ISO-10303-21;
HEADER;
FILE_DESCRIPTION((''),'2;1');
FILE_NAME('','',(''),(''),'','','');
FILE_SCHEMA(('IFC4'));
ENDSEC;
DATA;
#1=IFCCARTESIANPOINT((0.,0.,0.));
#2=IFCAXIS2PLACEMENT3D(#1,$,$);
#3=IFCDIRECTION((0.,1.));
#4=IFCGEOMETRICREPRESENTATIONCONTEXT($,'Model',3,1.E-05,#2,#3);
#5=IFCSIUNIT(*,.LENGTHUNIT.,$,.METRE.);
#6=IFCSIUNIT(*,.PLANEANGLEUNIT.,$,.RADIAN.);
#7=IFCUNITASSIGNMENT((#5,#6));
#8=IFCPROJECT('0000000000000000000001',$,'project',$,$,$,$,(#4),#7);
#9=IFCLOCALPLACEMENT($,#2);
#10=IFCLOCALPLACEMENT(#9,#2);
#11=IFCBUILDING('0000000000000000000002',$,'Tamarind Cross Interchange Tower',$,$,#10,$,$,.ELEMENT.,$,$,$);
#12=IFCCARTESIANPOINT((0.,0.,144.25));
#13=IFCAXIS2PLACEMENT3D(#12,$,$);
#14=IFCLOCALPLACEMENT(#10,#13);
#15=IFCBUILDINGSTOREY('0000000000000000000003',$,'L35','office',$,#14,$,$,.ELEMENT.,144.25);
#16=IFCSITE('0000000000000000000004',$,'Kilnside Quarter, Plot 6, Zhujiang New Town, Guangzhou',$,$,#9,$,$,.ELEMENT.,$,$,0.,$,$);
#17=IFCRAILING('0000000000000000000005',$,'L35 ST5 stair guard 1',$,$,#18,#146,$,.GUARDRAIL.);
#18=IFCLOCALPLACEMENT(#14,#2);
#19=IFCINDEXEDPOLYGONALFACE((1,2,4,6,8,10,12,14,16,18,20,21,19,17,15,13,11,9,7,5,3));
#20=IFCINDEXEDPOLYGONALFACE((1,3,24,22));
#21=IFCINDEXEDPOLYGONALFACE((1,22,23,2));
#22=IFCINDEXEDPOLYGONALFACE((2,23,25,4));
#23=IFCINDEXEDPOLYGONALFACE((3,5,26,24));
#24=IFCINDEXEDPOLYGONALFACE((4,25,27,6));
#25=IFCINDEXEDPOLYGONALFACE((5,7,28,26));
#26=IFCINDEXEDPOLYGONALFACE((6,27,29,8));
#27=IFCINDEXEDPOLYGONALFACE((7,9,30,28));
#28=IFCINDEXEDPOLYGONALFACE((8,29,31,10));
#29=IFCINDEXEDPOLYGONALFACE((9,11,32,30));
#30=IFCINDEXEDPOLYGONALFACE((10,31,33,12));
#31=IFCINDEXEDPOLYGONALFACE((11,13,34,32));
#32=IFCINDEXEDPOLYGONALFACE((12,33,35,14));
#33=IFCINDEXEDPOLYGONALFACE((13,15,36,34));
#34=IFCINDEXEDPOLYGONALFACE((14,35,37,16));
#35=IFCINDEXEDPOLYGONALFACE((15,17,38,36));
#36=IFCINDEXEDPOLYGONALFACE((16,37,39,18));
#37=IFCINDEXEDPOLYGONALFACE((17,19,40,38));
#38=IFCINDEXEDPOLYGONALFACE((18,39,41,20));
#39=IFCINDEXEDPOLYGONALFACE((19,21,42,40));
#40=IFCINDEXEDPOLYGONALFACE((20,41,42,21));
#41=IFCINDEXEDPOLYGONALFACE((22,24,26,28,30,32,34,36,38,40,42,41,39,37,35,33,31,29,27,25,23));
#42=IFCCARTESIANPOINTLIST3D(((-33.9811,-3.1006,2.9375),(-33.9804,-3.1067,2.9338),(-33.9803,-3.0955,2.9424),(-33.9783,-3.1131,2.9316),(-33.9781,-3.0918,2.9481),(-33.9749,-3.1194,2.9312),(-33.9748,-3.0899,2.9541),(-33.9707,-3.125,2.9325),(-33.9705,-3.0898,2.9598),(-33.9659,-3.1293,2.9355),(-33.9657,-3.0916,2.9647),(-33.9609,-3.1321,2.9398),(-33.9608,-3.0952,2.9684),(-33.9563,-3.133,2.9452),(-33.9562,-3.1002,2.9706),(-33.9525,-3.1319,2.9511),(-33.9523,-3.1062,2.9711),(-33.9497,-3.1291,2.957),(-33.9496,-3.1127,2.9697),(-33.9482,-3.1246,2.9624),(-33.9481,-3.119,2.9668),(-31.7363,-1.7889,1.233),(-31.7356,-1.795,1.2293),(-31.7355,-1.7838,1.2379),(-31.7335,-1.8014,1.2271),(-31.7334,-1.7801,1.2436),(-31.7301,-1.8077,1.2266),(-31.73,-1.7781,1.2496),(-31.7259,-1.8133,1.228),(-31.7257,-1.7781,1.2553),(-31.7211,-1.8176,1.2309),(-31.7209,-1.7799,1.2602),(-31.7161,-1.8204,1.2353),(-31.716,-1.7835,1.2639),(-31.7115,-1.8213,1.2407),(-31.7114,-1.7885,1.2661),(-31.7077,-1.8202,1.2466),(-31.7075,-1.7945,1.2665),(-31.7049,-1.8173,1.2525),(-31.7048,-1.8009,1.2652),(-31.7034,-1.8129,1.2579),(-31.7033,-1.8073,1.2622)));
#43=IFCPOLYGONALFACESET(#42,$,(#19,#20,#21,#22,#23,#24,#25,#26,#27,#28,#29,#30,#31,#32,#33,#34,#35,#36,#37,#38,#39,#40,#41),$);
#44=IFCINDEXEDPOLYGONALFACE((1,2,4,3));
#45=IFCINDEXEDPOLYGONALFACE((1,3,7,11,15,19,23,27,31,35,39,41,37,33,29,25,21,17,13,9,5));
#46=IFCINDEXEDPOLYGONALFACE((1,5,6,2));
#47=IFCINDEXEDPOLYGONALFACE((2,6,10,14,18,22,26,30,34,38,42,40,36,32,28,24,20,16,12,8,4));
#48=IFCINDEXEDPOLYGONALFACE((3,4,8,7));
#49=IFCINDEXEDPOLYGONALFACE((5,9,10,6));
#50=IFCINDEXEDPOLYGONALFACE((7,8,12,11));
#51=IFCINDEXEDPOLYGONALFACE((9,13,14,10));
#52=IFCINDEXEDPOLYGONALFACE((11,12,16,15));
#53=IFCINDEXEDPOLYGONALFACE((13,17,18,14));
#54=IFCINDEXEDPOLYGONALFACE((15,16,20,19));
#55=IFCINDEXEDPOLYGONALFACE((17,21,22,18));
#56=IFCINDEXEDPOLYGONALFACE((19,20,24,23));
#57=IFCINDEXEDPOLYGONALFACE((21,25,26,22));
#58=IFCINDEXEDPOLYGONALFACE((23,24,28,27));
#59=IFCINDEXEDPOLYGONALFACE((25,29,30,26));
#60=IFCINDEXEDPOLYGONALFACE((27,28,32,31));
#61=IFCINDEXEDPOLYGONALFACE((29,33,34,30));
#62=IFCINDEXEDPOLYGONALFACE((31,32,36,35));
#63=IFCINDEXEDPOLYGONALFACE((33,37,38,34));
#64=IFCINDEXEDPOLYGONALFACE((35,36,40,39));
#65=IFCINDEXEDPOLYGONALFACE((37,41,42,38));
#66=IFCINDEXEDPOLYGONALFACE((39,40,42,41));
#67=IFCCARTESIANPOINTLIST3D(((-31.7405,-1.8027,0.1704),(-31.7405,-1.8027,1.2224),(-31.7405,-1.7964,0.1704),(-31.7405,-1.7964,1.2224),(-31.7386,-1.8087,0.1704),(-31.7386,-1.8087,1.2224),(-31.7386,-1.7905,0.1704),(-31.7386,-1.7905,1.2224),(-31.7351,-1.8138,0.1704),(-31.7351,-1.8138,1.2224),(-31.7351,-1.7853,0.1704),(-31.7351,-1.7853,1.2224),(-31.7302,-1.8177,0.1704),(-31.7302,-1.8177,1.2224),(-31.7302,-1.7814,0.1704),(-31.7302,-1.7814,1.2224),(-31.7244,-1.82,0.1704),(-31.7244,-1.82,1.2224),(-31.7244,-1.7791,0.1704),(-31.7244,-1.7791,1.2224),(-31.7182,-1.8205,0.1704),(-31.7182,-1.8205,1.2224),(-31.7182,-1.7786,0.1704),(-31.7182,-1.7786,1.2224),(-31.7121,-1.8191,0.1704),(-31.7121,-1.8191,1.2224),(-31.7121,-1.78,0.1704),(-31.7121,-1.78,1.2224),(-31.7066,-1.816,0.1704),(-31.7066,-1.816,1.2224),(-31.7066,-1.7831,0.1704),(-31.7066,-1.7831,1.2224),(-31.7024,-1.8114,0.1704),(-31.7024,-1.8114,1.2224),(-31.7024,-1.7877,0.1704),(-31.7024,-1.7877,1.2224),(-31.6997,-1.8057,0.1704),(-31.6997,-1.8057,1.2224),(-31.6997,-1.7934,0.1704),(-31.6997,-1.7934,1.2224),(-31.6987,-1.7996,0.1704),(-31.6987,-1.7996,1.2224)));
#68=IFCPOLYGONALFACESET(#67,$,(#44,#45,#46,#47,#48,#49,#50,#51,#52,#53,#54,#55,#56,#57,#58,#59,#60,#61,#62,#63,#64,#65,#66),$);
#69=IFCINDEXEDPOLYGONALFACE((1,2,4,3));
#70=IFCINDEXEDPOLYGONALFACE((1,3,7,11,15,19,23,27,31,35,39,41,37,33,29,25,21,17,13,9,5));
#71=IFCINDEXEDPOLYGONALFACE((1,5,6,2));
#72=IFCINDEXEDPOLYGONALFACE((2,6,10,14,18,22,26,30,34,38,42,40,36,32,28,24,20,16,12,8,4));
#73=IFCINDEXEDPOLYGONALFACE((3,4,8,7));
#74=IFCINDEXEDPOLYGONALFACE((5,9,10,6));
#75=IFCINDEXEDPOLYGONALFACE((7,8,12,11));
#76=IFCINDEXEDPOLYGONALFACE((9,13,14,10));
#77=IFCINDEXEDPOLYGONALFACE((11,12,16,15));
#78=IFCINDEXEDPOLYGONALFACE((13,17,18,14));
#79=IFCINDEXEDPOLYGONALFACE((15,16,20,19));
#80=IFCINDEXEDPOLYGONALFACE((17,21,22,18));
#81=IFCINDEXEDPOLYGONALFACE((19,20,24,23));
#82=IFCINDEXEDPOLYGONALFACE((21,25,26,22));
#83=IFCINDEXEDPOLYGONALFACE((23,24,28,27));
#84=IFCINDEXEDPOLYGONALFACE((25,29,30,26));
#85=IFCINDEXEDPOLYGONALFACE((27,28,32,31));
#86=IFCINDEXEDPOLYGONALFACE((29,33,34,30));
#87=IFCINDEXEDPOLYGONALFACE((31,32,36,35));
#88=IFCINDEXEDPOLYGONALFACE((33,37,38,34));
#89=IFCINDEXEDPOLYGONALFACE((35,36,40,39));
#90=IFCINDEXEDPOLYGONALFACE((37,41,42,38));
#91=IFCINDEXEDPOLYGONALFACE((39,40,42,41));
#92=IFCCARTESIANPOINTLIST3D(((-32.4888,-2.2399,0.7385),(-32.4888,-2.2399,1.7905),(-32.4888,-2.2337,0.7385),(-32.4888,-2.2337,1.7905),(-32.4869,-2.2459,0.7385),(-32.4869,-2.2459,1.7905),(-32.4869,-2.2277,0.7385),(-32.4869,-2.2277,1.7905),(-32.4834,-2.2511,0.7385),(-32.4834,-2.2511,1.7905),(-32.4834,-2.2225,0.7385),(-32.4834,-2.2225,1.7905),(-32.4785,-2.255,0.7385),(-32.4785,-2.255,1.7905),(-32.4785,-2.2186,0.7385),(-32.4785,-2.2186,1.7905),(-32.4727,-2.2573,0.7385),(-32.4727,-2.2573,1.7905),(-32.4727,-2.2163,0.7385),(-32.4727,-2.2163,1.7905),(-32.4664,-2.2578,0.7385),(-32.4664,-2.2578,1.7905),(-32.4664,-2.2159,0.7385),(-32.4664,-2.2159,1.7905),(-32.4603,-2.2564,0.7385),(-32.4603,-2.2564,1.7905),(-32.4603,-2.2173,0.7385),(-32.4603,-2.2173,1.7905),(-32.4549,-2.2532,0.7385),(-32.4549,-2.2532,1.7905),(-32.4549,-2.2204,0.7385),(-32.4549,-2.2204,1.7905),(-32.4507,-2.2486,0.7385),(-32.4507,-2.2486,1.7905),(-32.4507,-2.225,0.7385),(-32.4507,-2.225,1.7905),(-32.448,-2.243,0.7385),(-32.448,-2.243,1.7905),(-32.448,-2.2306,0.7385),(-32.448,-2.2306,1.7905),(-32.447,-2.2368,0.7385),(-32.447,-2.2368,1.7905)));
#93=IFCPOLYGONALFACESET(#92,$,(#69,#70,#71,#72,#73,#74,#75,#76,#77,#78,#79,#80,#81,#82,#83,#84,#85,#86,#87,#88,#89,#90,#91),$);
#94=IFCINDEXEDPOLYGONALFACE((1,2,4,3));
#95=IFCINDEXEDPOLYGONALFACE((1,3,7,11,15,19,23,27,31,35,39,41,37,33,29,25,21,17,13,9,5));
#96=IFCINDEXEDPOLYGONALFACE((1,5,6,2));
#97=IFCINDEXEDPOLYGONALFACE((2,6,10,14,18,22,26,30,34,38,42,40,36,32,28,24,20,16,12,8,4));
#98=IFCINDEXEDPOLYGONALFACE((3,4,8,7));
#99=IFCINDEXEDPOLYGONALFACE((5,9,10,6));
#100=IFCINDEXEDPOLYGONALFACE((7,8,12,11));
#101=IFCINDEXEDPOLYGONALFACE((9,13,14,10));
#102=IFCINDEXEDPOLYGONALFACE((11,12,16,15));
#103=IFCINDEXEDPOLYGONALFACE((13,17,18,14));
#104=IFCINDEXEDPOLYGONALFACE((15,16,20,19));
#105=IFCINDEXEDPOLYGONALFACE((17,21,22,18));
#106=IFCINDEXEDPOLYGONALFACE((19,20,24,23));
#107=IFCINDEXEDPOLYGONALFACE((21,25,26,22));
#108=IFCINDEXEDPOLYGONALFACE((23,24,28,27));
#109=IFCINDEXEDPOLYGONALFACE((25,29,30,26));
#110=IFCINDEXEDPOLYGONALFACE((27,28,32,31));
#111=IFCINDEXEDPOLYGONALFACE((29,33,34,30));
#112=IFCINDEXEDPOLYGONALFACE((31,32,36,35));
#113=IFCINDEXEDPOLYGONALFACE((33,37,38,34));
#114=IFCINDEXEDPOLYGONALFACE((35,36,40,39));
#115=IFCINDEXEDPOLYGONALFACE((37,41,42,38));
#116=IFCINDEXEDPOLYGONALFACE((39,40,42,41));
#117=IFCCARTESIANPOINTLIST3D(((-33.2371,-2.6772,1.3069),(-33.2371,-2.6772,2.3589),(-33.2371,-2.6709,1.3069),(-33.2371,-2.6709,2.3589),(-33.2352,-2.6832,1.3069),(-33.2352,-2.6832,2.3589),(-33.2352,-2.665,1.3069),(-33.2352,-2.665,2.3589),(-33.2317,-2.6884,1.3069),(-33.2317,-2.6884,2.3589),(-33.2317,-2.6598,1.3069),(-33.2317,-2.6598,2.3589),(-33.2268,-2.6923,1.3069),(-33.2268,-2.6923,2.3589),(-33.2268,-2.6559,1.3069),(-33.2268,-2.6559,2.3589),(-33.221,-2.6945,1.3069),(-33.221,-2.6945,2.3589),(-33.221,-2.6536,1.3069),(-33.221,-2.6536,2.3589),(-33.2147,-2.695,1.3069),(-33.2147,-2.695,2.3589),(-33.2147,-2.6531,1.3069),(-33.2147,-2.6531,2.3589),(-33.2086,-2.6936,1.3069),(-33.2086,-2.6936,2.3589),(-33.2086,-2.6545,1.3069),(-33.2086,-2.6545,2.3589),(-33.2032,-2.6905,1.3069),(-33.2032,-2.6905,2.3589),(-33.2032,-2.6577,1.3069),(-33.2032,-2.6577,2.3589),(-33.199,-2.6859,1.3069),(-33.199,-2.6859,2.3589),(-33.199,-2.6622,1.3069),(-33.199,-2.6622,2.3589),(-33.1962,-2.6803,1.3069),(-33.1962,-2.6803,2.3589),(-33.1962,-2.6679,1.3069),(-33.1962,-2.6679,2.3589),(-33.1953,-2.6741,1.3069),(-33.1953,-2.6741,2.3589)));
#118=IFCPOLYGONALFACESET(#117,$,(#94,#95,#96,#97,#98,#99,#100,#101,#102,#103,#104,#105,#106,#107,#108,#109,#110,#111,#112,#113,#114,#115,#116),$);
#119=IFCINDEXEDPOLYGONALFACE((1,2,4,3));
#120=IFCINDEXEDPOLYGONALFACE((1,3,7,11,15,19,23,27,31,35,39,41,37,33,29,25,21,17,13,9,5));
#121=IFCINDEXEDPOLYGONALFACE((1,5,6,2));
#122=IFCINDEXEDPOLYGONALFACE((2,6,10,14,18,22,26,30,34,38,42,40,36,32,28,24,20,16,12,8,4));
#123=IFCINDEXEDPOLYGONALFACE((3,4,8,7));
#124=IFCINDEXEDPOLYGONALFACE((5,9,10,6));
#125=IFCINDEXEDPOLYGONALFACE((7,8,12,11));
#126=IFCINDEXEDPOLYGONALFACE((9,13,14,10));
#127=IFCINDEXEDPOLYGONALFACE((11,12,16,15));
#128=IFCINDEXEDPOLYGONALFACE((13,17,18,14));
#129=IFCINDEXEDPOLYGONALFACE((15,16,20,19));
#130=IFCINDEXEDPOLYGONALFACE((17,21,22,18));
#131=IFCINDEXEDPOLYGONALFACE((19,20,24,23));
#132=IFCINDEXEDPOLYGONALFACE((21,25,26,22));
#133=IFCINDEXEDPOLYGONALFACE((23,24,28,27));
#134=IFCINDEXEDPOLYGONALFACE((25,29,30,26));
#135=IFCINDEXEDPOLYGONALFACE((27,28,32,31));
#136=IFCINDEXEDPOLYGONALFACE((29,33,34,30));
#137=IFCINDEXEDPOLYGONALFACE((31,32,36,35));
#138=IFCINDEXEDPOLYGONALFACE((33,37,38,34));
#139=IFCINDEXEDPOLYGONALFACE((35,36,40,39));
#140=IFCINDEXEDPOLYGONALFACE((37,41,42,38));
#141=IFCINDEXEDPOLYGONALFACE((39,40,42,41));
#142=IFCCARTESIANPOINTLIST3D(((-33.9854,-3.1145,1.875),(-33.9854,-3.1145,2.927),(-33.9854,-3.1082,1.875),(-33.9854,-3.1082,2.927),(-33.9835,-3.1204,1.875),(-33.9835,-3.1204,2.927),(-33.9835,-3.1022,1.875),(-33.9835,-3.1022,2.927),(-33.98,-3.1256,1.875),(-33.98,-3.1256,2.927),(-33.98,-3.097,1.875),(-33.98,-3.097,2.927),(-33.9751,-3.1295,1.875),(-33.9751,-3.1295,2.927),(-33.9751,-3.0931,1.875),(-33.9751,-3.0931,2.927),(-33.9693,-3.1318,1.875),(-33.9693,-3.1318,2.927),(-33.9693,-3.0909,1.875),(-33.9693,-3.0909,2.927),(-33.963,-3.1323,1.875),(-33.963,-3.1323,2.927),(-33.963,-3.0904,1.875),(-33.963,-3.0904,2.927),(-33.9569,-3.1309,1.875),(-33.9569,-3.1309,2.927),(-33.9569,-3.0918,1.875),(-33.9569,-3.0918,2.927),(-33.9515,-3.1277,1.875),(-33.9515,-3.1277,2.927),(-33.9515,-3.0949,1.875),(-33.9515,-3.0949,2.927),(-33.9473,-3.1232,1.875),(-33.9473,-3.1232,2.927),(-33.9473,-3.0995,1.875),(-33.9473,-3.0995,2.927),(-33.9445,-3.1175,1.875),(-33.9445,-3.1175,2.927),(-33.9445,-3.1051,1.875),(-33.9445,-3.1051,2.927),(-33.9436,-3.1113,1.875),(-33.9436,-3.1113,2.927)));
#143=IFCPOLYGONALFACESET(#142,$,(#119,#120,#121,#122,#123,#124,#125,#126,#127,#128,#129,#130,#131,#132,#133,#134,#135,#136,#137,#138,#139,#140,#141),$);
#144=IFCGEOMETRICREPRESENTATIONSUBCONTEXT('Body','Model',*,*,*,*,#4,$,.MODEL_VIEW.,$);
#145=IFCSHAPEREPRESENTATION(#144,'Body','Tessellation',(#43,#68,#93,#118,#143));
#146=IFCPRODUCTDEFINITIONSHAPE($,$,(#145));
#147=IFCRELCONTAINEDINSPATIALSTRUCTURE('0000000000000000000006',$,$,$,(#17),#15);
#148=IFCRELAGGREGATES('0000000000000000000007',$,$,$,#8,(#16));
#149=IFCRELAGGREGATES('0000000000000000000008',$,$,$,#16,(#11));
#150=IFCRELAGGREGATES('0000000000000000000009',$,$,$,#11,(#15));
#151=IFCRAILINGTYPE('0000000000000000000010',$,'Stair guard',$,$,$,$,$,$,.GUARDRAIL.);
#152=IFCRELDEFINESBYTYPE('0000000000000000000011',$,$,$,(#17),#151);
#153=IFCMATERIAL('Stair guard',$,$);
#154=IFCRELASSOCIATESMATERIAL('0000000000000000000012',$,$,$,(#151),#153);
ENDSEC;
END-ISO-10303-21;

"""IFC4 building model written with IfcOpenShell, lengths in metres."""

from ifc_helpers import new_model, si_unit, direction, frame, origin, origin_2d, place, context, subcontext, project, spatial, circle, extrude, material, type_object, element, save


model = new_model("IFC4")

# Units and contexts
model_context = context("Model", 3, precision=1e-05, world=origin(), true_north=direction((0.0, 1.0)))
body_context = subcontext(model_context, "Body", "Model", "MODEL_VIEW")
ifc_project = project(units=[si_unit("LENGTHUNIT", "METRE"), si_unit("PLANEANGLEUNIT", "RADIAN")], contexts=[model_context])

# Site, building, storey
site_placement = place(None, origin())
site = spatial("IfcSite", under=ifc_project, at=site_placement, Name="Kilnside Quarter, Plot 6, Zhujiang New Town, Guangzhou", CompositionType="ELEMENT", RefElevation=0.0)
building_placement = place(site_placement, origin())
building = spatial("IfcBuilding", under=site, at=building_placement, Name="Tamarind Cross Interchange Tower", CompositionType="ELEMENT")
storey_placement = place(building_placement, frame((0.0, 0.0, 144.25)))
storey = spatial("IfcBuildingStorey", under=building, at=storey_placement, Name="L35", Description="office", CompositionType="ELEMENT", Elevation=144.25)

# Railing
ifc_material_1 = material(Name="Stair guard")
railing_type_1 = type_object("IfcRailingType", Name="Stair guard", PredefinedType="GUARDRAIL", material=ifc_material_1)
railing_1_placement = place(storey_placement, frame((-31.7197, -1.7996, 0.1704)))
element("IfcRailing", 1, at=railing_1_placement, inside=storey, type_object=railing_type_1, Name="L35 ST5 stair guard 1", PredefinedType="GUARDRAIL", context=body_context, shape_type="SweptSolid", body=[
    extrude(circle(Radius=0.0239, at=origin_2d()), frame((0.0, 0.0, 1.0762), z_axis=(-0.722059, -0.421927, 0.548278), x_axis=(0.504519, -0.863401, 0.0)), (0.0, 0.0, 1.0), 3.1089),
    extrude(circle(Radius=0.021, at=origin_2d()), origin(), (0.0, 0.0, 1.0), 1.052),
    extrude(circle(Radius=0.021, at=origin_2d()), frame((-0.7483, -0.4373, 0.5681)), (0.0, 0.0, 1.0), 1.052),
    extrude(circle(Radius=0.021, at=origin_2d()), frame((-1.4966, -0.8745, 1.1365)), (0.0, 0.0, 1.0), 1.052),
    extrude(circle(Radius=0.021, at=origin_2d()), frame((-2.2449, -1.3118, 1.7046)), (0.0, 0.0, 1.0), 1.052),
])

save(model, "model.ifc")
